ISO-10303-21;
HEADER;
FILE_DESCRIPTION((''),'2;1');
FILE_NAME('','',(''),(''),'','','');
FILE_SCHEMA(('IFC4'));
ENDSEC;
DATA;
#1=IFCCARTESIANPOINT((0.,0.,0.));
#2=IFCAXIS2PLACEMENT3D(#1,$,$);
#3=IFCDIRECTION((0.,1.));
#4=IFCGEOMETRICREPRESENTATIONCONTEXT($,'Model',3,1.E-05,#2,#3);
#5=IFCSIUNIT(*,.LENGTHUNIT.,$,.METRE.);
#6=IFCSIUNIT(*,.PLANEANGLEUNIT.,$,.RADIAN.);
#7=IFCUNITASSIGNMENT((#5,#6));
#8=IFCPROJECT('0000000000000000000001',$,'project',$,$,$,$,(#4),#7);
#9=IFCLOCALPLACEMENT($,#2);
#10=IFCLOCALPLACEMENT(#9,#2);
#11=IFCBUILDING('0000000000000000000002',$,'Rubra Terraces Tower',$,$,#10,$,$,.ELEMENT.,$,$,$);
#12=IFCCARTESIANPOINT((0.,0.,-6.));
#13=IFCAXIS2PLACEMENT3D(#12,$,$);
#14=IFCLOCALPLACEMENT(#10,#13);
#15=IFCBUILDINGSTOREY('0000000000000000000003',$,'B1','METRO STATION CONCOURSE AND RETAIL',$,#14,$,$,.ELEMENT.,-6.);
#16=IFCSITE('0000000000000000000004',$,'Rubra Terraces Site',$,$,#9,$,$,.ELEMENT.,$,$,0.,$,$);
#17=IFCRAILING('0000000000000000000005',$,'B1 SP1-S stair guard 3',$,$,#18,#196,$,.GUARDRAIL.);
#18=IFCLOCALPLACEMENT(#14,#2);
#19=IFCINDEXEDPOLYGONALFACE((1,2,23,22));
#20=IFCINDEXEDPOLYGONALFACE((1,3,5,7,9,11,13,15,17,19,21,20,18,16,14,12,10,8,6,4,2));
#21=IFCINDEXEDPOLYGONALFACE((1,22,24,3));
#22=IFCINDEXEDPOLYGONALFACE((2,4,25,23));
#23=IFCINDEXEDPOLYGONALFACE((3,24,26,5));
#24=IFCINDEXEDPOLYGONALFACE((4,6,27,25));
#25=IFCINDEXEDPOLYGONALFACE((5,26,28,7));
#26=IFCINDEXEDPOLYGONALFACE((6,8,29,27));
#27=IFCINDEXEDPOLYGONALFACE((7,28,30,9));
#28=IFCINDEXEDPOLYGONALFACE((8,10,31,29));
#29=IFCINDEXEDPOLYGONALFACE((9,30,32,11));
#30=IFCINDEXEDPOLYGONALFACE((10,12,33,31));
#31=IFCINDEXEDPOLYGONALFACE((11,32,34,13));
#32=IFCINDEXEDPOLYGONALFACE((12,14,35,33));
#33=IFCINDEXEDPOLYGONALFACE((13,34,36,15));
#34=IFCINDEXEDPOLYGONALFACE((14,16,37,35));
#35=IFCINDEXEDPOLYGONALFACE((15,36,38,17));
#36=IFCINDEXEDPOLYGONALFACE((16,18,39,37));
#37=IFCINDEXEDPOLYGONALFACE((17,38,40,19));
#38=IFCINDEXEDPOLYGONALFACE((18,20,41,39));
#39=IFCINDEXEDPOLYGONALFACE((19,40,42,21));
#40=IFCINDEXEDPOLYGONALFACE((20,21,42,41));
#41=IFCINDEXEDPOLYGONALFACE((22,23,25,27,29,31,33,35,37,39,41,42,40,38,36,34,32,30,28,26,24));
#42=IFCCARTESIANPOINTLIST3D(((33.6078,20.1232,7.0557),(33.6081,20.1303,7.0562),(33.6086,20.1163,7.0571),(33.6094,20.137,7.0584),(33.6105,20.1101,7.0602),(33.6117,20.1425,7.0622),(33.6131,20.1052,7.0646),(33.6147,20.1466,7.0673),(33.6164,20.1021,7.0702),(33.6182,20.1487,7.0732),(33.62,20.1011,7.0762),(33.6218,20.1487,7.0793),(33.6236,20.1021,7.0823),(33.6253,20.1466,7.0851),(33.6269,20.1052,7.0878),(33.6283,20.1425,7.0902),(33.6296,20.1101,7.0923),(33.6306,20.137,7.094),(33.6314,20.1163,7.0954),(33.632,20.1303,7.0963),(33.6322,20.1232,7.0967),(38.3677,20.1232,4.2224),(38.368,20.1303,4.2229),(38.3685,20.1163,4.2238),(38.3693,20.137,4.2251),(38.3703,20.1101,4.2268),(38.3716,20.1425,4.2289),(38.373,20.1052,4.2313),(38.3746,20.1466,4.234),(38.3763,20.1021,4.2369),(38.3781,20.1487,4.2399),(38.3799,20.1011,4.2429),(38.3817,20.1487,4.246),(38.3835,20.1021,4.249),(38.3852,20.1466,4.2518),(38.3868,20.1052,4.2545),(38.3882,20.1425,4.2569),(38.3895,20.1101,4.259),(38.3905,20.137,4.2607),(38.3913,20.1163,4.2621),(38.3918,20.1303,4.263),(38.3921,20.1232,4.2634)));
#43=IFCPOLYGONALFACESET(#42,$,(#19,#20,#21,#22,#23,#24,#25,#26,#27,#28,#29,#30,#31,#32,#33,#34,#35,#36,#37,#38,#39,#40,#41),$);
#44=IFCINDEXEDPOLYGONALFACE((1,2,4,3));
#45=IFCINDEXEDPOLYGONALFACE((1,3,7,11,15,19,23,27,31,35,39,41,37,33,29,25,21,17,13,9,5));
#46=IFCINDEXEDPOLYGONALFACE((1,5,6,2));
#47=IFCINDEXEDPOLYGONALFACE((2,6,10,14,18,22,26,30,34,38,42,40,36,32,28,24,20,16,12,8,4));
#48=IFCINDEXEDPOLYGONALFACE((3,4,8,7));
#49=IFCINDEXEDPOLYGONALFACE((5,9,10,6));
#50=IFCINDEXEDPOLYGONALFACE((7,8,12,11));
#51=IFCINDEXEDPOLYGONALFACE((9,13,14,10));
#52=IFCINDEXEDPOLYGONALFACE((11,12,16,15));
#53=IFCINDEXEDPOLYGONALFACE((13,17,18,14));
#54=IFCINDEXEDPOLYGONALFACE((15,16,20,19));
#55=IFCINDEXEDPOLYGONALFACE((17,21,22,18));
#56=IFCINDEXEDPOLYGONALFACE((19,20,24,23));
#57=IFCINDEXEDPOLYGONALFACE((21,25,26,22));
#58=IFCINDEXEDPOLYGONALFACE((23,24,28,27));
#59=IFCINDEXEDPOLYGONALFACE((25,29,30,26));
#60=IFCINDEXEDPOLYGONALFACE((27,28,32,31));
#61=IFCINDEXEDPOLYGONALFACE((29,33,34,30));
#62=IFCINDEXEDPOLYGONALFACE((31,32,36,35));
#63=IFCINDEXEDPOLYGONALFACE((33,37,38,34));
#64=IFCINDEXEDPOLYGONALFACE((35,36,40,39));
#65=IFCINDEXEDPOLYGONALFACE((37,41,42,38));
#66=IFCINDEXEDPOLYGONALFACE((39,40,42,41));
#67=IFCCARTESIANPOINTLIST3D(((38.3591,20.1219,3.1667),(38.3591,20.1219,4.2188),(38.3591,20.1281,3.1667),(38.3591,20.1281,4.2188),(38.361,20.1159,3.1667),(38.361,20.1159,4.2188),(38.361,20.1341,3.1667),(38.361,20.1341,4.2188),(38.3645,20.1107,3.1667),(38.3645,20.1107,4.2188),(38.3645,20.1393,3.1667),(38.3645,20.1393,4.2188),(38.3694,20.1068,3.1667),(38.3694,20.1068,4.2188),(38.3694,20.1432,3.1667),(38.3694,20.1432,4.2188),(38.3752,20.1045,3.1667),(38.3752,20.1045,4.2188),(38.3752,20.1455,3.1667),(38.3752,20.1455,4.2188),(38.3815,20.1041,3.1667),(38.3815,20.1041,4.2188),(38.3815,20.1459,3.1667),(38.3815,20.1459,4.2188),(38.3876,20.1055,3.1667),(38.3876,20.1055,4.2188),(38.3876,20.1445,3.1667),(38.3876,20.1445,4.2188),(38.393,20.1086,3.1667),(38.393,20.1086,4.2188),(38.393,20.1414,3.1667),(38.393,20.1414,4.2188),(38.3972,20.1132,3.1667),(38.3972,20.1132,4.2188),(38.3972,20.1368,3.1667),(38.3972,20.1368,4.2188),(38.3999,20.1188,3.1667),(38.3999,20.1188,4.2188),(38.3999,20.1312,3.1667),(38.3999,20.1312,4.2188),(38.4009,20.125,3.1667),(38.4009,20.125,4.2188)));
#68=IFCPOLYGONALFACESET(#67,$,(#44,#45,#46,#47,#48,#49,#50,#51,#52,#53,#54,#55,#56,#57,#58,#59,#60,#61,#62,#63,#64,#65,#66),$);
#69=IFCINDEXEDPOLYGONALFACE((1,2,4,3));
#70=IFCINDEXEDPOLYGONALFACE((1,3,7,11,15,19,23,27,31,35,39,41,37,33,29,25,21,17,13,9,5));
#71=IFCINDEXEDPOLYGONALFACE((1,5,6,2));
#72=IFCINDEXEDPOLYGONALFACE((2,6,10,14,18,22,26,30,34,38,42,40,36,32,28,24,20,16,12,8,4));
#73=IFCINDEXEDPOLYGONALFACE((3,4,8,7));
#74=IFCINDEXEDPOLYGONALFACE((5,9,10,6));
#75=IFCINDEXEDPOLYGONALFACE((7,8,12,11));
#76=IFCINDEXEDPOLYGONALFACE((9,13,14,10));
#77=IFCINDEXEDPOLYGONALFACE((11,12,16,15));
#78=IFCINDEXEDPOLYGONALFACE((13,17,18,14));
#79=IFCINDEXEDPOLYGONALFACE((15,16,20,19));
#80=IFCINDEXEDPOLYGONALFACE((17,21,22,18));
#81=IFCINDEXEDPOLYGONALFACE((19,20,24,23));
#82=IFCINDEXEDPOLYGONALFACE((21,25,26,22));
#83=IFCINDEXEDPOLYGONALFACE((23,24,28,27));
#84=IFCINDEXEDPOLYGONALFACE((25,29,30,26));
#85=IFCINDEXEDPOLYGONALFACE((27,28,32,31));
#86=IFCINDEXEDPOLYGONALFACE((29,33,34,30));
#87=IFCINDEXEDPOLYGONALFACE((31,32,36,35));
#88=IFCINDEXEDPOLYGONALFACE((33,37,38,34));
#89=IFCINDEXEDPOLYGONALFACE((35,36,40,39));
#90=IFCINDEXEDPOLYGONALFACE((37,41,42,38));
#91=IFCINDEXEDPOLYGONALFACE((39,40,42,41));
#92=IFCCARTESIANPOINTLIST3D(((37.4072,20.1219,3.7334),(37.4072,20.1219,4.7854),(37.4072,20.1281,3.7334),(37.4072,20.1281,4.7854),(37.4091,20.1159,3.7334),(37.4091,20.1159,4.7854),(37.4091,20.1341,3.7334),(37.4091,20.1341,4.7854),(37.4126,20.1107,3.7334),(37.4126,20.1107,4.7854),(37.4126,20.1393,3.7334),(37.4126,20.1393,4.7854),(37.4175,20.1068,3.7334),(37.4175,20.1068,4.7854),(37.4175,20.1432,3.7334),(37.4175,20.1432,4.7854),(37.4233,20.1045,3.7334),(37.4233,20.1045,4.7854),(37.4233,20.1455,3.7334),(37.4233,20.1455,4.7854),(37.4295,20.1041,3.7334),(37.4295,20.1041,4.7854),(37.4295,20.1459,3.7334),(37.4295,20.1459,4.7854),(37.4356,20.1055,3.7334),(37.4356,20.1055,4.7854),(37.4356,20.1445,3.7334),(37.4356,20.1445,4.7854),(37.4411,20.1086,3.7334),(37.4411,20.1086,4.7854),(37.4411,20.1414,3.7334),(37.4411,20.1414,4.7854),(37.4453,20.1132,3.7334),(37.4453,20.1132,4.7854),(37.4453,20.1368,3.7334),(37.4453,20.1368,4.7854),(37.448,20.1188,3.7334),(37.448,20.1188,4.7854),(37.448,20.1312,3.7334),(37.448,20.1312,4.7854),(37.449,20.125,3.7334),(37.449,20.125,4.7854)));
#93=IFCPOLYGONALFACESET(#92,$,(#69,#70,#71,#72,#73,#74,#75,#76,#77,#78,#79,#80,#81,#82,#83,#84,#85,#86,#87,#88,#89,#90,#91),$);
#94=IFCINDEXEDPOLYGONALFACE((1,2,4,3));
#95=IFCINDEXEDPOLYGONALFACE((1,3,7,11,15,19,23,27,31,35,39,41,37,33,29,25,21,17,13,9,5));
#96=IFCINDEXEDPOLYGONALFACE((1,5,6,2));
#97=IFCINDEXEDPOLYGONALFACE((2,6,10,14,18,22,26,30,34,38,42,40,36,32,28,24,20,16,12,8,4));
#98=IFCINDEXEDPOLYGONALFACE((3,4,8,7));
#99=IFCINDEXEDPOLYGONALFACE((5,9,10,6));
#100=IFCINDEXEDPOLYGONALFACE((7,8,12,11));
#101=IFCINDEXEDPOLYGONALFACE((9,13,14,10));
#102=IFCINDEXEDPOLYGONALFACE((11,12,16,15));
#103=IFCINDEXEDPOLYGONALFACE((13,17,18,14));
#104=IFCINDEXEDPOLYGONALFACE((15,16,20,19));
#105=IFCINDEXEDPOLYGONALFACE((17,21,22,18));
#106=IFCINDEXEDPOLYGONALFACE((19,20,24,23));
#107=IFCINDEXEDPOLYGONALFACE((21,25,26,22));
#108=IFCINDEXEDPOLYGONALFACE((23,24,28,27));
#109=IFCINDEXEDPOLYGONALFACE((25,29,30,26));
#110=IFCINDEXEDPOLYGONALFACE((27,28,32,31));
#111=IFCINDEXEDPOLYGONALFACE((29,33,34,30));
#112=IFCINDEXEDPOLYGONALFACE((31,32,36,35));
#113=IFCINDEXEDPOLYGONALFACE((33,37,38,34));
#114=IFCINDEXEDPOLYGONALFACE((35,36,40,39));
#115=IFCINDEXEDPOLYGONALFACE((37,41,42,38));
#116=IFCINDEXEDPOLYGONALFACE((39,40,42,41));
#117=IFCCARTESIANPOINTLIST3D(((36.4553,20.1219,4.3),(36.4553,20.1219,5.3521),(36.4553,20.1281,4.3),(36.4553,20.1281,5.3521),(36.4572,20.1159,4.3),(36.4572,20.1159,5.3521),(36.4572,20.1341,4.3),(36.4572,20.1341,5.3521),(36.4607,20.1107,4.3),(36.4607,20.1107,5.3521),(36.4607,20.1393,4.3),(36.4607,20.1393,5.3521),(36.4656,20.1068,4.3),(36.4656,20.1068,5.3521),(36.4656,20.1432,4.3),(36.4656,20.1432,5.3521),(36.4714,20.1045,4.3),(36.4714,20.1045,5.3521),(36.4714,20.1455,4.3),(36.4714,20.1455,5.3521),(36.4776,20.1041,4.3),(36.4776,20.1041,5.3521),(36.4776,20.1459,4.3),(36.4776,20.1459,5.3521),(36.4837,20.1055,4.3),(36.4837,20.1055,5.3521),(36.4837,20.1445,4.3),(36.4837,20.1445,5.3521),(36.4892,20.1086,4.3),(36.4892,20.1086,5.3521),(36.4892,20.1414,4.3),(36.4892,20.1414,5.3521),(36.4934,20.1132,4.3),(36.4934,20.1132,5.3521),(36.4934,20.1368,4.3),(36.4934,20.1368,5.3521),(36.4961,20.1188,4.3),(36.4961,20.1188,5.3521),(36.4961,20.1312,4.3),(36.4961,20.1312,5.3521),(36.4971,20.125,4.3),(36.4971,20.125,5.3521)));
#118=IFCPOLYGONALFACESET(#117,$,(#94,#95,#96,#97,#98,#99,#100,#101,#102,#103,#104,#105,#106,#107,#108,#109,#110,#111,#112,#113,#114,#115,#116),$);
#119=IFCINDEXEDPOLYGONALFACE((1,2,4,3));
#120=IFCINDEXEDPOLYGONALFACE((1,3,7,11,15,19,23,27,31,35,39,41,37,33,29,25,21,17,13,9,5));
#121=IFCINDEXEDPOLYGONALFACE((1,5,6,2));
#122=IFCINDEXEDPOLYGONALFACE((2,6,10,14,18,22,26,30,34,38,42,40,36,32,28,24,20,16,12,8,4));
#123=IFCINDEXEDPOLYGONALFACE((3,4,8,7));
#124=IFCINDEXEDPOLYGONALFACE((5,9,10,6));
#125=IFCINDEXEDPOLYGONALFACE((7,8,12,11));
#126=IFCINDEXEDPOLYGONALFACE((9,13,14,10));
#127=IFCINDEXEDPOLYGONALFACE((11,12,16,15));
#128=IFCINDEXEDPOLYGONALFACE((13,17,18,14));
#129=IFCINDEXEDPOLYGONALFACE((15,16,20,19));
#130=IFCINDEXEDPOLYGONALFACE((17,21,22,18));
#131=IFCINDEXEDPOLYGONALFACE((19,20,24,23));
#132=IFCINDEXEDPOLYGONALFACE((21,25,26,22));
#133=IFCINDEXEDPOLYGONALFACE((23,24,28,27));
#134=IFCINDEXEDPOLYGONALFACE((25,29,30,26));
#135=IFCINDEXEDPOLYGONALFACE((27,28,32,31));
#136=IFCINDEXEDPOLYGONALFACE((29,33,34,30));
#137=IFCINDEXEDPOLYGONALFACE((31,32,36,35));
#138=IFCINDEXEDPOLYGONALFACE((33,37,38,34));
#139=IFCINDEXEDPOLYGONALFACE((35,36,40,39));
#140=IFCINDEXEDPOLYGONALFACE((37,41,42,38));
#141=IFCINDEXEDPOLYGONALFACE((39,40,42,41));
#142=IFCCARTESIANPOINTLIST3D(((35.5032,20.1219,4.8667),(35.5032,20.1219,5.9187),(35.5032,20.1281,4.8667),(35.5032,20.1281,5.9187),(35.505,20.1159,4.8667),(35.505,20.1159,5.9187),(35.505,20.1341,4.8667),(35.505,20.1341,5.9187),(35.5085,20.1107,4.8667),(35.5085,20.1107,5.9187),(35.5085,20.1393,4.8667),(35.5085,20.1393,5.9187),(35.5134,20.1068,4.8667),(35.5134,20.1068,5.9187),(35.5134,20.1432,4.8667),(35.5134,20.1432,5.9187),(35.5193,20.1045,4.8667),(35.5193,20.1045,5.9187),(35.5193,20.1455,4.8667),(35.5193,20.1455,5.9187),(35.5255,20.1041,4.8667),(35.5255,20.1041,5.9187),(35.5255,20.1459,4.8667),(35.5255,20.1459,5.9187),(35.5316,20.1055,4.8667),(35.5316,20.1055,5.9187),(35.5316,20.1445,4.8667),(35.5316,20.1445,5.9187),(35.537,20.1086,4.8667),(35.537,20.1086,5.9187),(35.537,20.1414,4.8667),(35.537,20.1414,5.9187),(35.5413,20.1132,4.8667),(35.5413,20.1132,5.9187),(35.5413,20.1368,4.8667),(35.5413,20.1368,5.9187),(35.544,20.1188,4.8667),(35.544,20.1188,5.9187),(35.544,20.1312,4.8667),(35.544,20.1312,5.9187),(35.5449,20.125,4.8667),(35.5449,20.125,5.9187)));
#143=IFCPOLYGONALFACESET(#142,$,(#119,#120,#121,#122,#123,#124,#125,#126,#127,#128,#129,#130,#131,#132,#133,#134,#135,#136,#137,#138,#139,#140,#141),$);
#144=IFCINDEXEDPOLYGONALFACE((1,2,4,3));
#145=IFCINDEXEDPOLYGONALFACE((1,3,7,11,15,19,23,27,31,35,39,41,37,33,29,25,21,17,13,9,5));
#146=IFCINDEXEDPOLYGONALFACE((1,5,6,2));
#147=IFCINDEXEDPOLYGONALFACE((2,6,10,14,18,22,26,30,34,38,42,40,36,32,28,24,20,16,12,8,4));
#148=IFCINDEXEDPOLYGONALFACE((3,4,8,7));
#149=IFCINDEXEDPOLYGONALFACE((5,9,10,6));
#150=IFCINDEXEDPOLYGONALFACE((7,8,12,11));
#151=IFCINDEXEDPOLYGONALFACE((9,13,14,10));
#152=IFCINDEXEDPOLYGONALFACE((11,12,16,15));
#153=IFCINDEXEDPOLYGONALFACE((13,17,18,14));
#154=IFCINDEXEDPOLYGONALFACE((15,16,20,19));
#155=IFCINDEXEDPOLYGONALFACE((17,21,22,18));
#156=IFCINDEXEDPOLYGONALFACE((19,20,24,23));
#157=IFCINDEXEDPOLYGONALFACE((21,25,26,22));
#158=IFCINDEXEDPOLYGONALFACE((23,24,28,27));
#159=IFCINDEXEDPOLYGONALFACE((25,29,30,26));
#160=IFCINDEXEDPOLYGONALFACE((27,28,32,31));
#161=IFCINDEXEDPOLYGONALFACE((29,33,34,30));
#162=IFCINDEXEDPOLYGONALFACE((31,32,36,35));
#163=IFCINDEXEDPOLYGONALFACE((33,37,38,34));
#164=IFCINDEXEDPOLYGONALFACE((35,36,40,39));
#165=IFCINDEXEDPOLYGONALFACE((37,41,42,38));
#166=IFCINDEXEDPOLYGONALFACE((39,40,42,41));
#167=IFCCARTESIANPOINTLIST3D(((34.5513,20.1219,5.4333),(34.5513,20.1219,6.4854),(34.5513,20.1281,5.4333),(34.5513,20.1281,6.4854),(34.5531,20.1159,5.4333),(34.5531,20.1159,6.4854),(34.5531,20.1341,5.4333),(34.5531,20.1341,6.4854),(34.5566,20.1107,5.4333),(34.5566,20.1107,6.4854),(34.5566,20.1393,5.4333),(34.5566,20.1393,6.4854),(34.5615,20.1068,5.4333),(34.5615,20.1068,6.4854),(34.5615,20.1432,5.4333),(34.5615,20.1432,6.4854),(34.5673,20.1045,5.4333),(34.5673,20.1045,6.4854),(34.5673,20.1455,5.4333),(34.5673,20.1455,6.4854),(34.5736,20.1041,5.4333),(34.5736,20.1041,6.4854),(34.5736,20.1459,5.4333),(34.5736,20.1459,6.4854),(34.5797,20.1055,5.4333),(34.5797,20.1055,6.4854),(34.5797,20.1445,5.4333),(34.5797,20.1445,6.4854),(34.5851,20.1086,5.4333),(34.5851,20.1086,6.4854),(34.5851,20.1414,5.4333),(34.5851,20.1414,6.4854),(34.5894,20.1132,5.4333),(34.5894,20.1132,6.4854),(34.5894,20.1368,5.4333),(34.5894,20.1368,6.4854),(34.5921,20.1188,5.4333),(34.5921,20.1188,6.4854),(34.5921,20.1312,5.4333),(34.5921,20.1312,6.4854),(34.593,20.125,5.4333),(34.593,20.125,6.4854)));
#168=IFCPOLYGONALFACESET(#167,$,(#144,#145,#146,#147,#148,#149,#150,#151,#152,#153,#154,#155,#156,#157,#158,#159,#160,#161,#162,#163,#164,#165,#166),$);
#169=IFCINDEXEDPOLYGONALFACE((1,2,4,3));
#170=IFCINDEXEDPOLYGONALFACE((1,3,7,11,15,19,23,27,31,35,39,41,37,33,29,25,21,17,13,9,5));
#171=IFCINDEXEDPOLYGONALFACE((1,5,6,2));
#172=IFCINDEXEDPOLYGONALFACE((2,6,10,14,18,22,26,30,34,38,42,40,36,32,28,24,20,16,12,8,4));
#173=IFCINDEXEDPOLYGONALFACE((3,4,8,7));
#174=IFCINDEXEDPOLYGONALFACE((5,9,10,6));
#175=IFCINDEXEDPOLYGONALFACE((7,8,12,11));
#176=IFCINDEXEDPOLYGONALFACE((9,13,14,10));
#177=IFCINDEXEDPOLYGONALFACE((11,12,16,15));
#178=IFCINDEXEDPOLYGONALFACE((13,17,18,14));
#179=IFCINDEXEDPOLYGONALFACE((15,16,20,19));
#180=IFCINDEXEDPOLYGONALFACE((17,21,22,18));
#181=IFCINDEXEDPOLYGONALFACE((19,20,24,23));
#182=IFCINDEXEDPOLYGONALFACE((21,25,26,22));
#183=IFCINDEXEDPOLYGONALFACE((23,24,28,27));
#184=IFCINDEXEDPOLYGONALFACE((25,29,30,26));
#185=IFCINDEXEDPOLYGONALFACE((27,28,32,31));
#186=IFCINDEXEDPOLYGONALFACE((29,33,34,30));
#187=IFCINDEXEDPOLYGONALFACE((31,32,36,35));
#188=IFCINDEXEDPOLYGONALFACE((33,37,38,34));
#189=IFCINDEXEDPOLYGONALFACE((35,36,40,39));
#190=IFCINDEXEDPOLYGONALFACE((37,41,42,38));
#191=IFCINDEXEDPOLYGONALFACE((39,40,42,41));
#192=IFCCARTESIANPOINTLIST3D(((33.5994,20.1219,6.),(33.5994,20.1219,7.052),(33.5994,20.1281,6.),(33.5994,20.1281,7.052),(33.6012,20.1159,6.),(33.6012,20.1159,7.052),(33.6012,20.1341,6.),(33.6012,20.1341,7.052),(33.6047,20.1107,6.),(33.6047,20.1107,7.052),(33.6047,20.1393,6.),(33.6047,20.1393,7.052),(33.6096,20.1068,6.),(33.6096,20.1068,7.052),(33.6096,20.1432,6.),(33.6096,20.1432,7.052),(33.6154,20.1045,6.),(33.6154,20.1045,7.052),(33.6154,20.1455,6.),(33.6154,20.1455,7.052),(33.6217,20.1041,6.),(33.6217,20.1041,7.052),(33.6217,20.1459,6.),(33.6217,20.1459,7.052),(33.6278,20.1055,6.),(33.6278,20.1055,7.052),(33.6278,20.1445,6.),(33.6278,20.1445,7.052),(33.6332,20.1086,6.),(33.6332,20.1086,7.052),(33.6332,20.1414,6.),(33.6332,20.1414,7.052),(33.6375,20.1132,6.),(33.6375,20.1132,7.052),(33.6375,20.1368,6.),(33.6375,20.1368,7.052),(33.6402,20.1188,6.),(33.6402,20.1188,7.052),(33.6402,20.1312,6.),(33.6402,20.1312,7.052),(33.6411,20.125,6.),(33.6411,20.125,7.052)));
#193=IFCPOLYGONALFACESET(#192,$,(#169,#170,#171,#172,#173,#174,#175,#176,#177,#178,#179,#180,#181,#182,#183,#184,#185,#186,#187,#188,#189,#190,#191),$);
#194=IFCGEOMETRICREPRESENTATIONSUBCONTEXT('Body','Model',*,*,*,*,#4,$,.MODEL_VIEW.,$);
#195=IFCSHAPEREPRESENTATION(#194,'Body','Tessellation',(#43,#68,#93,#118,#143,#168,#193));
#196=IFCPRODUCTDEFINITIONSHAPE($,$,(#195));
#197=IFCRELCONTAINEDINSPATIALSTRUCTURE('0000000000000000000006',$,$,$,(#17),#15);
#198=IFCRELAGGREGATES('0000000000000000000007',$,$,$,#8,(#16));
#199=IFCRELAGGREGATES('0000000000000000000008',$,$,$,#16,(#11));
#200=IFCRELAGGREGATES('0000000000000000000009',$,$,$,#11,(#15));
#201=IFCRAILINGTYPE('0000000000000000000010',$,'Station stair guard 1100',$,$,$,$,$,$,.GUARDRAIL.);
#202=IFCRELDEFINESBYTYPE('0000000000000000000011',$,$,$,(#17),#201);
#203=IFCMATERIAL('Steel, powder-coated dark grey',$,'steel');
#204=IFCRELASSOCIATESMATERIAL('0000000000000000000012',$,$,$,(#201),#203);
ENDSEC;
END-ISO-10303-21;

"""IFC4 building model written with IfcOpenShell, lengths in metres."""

from ifc_helpers import new_model, si_unit, direction, frame, origin, origin_2d, place, context, subcontext, project, spatial, circle, extrude, material, type_object, element, save


model = new_model("IFC4")

# Units and contexts
model_context = context("Model", 3, precision=1e-05, world=origin(), true_north=direction((0.0, 1.0)))
body_context = subcontext(model_context, "Body", "Model", "MODEL_VIEW")
ifc_project = project(units=[si_unit("LENGTHUNIT", "METRE"), si_unit("PLANEANGLEUNIT", "RADIAN")], contexts=[model_context])

# Site, building, storey
site_placement = place(None, origin())
site = spatial("IfcSite", under=ifc_project, at=site_placement, Name="Rubra Terraces Site", CompositionType="ELEMENT", RefElevation=0.0)
building_placement = place(site_placement, origin())
building = spatial("IfcBuilding", under=site, at=building_placement, Name="Rubra Terraces Tower", CompositionType="ELEMENT")
storey_placement = place(building_placement, frame((0.0, 0.0, -6.0)))
storey = spatial("IfcBuildingStorey", under=building, at=storey_placement, Name="B1", Description="METRO STATION CONCOURSE AND RETAIL", CompositionType="ELEMENT", Elevation=-6.0)

# Railing
ifc_material_1 = material(Name="Steel, powder-coated dark grey", Category="steel")
railing_type_1 = type_object("IfcRailingType", Name="Station stair guard 1100", PredefinedType="GUARDRAIL", material=ifc_material_1)
railing_1_placement = place(storey_placement, frame((38.3799, 20.125, 3.1667)))
element("IfcRailing", 1, at=railing_1_placement, inside=storey, type_object=railing_type_1, Name="B1 SP1-S stair guard 3", PredefinedType="GUARDRAIL", context=body_context, shape_type="SweptSolid", body=[
    extrude(circle(Radius=0.0239, at=origin_2d()), frame((0.0, 0.0, 1.0762), z_axis=(-0.859288, 0.0, 0.511492), x_axis=(0.0, -1.0, 0.0)), (0.0, 0.0, 1.0), 5.5393),
    extrude(circle(Radius=0.021, at=origin_2d()), origin(), (0.0, 0.0, 1.0), 1.052),
    extrude(circle(Radius=0.021, at=origin_2d()), frame((-0.9519, 0.0, 0.5667)), (0.0, 0.0, 1.0), 1.052),
    extrude(circle(Radius=0.021, at=origin_2d()), frame((-1.9038, 0.0, 1.1333)), (0.0, 0.0, 1.0), 1.052),
    extrude(circle(Radius=0.021, at=origin_2d()), frame((-2.856, 0.0, 1.7)), (0.0, 0.0, 1.0), 1.052),
    extrude(circle(Radius=0.021, at=origin_2d()), frame((-3.8079, 0.0, 2.2666)), (0.0, 0.0, 1.0), 1.052),
    extrude(circle(Radius=0.021, at=origin_2d()), frame((-4.7598, 0.0, 2.8333)), (0.0, 0.0, 1.0), 1.052),
])

save(model, "model.ifc")
